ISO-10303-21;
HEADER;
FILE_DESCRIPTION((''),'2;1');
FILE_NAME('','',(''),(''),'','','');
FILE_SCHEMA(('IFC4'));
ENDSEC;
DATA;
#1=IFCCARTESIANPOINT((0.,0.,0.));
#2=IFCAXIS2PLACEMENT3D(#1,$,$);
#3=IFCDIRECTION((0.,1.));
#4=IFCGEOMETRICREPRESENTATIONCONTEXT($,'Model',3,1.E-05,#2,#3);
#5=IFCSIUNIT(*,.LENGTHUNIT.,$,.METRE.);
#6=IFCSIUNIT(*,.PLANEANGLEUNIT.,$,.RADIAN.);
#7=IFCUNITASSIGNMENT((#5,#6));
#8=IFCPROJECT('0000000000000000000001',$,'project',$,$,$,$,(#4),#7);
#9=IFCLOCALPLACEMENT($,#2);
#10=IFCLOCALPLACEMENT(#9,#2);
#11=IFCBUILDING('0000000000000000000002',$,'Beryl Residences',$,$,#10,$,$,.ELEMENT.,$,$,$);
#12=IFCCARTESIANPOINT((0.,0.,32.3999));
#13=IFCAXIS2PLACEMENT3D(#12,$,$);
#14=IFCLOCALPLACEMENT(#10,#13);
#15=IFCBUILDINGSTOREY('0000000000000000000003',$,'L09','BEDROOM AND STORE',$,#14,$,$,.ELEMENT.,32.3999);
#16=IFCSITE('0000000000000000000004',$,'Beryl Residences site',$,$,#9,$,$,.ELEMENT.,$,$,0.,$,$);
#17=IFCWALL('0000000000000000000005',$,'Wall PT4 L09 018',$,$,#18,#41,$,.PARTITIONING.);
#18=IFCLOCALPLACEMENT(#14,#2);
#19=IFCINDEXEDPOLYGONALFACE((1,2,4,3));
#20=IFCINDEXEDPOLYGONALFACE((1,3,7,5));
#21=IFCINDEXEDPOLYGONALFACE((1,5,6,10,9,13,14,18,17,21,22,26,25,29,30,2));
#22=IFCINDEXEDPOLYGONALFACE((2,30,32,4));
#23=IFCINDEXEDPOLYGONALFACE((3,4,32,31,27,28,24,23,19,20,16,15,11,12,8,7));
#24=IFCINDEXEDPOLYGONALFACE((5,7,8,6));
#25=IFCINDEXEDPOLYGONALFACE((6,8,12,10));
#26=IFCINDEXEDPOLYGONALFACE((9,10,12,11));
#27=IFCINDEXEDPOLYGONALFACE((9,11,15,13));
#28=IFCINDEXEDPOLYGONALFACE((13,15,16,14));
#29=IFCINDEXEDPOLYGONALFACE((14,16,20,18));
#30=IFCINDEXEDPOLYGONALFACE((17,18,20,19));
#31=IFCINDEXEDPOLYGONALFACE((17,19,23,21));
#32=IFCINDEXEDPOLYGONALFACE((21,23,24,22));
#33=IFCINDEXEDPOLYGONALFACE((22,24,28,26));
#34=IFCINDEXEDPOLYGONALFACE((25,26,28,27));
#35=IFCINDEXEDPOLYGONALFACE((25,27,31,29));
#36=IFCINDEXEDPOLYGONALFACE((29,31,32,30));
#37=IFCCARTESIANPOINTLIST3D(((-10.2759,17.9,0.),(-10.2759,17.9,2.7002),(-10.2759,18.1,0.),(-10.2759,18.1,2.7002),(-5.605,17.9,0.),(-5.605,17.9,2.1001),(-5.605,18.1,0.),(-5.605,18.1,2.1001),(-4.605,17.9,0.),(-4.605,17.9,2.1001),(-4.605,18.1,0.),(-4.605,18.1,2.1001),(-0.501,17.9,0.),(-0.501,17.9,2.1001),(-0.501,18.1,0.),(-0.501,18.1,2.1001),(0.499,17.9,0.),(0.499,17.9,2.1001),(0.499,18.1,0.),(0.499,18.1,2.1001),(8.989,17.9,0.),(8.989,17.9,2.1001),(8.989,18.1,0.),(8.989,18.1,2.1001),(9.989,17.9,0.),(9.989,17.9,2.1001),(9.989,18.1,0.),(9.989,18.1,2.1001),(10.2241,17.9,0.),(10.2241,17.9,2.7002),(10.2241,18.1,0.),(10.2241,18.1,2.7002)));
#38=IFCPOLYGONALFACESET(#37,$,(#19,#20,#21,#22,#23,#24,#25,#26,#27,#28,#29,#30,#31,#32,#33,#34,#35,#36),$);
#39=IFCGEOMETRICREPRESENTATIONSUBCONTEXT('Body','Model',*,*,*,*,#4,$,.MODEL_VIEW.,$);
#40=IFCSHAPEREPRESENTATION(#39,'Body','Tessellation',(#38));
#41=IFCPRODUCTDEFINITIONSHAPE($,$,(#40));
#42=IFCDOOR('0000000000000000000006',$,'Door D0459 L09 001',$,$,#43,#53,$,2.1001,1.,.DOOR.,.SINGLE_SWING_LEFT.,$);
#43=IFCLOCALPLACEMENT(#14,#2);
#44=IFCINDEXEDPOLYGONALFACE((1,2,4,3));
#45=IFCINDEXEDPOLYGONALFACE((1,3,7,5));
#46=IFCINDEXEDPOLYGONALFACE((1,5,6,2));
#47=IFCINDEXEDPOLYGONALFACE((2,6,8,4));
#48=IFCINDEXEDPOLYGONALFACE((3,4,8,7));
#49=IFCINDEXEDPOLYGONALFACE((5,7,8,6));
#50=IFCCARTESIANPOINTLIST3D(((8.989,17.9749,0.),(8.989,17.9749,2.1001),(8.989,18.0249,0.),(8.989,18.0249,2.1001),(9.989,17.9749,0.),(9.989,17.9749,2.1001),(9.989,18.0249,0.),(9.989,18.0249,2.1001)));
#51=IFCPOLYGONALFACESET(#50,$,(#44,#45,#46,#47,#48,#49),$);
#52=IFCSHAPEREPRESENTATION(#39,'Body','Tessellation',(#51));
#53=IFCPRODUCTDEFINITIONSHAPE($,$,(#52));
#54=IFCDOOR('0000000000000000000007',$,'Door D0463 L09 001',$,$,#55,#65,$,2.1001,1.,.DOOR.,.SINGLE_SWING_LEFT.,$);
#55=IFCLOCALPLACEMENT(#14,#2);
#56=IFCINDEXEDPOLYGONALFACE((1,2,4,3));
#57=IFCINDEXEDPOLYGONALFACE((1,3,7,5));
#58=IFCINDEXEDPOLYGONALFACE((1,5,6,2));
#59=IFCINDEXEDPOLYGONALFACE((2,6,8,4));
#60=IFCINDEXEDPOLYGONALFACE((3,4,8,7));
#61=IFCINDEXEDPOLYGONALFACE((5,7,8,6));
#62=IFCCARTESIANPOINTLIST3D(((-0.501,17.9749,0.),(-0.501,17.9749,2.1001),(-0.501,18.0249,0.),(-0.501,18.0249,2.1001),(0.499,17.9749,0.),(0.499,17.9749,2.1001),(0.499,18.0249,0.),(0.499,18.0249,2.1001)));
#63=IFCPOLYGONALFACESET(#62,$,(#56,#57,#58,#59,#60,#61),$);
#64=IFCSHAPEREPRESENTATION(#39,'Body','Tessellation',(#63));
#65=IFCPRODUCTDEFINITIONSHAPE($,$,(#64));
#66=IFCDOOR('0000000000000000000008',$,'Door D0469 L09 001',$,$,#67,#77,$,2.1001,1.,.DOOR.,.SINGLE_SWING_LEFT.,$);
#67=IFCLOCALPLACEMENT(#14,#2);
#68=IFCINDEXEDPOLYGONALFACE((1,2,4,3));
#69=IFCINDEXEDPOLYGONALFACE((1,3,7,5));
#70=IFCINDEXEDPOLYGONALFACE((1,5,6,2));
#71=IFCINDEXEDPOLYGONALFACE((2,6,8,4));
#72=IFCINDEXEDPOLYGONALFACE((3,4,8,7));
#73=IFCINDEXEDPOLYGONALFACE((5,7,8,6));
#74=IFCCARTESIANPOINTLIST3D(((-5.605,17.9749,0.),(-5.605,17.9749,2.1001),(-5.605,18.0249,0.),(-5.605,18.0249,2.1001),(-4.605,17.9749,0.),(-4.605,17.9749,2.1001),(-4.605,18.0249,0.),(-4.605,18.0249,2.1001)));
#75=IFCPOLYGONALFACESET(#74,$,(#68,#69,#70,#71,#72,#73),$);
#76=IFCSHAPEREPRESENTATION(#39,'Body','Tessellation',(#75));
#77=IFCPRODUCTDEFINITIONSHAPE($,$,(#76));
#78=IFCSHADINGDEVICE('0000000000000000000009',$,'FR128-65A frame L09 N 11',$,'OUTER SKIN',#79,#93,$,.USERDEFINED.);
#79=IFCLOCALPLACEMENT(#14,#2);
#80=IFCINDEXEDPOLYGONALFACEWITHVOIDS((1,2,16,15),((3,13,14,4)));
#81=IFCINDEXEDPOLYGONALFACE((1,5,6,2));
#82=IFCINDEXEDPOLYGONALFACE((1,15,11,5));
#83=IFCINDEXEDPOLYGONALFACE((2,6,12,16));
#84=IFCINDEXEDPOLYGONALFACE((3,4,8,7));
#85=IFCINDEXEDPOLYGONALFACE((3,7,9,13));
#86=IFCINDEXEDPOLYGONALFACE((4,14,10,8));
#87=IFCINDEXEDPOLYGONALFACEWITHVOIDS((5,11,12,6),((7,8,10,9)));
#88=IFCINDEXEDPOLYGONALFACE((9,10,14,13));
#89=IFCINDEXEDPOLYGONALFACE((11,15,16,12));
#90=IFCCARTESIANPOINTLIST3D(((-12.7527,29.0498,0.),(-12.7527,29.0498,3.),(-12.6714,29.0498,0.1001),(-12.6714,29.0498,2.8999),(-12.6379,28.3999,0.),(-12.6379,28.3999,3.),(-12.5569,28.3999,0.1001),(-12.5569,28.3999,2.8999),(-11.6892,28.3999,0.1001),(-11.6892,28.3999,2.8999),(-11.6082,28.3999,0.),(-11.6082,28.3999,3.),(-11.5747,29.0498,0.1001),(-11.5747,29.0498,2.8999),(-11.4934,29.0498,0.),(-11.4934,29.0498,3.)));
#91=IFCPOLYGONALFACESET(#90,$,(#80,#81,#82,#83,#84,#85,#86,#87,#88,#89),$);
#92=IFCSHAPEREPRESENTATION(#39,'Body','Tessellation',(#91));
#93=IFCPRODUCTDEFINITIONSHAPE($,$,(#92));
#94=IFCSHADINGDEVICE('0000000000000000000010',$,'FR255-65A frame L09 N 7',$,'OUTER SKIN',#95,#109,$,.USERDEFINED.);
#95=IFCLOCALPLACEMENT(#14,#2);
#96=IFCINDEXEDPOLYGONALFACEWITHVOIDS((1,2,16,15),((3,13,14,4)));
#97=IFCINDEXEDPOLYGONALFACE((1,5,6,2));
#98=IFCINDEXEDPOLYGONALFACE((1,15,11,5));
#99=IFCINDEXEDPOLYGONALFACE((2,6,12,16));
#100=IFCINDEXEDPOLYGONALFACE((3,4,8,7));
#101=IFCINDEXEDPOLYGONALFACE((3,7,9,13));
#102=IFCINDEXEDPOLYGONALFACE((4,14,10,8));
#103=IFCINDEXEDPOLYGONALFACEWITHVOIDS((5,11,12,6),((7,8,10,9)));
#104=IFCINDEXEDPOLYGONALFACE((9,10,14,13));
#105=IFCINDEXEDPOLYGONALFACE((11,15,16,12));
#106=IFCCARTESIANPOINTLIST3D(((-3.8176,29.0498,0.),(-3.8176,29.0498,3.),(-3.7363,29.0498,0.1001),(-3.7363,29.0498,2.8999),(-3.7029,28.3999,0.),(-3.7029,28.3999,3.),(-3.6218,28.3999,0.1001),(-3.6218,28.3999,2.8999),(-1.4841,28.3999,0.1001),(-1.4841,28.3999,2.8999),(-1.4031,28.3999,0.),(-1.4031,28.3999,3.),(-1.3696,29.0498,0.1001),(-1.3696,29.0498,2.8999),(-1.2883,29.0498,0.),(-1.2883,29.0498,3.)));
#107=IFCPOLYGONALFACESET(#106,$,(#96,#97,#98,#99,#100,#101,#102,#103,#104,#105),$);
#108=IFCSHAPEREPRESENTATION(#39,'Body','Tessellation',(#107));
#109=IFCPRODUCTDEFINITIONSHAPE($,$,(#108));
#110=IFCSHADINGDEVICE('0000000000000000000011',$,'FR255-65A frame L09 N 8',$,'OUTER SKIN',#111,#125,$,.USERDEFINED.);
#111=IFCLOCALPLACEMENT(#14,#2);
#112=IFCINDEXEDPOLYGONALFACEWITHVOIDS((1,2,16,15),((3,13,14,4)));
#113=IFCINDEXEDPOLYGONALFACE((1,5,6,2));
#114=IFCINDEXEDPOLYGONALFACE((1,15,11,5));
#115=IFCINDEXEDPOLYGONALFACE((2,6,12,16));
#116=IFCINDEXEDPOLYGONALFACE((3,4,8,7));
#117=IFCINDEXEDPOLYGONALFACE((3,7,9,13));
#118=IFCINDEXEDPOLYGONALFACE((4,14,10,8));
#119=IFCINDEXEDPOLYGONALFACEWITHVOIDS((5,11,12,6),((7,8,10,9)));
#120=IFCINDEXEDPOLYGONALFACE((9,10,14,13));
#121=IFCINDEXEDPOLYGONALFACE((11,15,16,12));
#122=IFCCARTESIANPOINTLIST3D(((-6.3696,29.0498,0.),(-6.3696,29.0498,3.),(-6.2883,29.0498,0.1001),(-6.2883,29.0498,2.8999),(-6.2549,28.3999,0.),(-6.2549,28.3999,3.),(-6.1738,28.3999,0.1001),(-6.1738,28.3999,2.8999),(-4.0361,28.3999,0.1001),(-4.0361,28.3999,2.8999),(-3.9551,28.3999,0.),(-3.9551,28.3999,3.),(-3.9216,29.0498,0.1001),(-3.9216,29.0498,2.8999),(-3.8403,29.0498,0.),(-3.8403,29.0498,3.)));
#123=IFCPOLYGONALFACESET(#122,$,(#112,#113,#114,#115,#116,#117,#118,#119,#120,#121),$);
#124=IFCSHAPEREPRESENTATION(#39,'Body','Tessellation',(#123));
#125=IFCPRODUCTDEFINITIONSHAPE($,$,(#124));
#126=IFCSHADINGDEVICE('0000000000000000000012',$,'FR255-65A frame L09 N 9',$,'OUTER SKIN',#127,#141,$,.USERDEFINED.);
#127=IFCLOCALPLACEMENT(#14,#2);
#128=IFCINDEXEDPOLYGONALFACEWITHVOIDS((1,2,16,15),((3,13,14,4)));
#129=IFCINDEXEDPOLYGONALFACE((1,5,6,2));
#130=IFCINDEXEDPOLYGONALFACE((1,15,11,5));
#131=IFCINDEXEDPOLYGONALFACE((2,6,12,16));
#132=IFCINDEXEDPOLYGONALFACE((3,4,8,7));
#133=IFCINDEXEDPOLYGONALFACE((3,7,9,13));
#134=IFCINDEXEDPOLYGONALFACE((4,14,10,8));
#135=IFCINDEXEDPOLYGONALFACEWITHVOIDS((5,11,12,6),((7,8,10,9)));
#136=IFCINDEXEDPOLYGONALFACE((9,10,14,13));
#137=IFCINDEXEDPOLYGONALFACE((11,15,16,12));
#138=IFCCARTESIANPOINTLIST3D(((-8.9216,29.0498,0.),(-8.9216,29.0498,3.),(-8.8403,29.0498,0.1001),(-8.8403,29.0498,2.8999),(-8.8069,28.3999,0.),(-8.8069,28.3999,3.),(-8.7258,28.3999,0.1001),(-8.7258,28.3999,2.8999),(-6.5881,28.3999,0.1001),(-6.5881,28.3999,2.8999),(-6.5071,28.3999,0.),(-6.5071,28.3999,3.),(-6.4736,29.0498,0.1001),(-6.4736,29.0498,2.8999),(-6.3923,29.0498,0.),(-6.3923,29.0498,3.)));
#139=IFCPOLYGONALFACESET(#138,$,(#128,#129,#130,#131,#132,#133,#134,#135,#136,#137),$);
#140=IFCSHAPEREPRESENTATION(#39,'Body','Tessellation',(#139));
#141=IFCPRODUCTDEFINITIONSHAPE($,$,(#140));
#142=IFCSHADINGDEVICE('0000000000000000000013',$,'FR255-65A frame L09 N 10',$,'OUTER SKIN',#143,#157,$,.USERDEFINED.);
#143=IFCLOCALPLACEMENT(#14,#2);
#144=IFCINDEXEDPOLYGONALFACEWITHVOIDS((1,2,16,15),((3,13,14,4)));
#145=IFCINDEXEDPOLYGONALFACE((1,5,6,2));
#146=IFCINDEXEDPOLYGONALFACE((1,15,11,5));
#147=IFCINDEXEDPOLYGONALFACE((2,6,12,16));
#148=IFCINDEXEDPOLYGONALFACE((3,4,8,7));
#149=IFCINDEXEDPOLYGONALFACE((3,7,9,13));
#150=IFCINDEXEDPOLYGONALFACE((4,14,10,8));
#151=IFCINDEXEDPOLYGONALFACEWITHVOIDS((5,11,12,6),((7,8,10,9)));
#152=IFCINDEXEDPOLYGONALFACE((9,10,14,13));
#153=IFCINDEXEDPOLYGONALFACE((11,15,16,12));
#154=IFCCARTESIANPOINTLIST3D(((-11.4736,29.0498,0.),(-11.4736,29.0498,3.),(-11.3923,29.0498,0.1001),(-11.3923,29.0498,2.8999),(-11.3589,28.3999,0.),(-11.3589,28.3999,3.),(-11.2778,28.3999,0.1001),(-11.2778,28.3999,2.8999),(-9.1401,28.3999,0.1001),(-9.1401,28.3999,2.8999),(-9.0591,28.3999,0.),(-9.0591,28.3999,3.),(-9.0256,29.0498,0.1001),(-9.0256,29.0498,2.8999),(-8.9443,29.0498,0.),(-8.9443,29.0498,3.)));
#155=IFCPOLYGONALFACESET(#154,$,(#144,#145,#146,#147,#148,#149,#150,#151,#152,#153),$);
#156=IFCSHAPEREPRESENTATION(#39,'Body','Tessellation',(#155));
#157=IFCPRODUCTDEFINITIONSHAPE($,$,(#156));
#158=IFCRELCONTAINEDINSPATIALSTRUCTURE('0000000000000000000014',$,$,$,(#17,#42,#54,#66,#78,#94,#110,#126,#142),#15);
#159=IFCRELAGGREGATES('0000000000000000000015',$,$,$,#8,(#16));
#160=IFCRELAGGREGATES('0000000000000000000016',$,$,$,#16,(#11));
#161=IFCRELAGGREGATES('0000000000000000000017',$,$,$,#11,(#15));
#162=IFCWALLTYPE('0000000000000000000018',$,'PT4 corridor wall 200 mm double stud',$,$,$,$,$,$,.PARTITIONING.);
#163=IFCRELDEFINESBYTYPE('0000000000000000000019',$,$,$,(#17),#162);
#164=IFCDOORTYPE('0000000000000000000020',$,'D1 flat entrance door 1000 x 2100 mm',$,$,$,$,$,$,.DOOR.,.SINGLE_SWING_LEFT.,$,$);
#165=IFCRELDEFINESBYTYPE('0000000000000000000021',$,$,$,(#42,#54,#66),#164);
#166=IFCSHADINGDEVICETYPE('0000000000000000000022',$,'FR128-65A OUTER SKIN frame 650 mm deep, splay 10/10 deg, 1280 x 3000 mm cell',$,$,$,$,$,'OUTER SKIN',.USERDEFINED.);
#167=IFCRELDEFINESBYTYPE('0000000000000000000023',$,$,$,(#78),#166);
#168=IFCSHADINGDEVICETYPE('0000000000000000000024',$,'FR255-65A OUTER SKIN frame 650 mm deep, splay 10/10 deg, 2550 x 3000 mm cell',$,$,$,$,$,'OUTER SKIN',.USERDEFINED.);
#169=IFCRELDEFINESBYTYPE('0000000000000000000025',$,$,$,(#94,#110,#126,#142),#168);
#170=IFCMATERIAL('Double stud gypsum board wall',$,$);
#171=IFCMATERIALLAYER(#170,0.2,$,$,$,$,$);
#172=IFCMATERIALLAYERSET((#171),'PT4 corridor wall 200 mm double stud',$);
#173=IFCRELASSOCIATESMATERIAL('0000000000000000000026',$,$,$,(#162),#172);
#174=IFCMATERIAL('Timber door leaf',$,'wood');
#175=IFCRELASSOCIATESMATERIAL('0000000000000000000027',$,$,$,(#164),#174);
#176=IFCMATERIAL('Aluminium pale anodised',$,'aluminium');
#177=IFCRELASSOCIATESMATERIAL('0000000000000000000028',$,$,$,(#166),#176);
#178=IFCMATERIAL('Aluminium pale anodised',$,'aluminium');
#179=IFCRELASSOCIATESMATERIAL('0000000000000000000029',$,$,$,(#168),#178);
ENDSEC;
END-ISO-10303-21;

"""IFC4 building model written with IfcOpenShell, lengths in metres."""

from ifc_helpers import new_model, entity, si_unit, direction, frame, frame_2d, origin, place, context, subcontext, project, spatial, rectangle, extrude, source, transform, mapped, material, layer, layer_set, type_object, type_shapes, element, fill, save


model = new_model("IFC4")

# Units and contexts
model_context = context("Model", 3, precision=1e-05, world=origin(), true_north=direction((0.0, 1.0)))
body_context = subcontext(model_context, "Body", "Model", "MODEL_VIEW")
ifc_project = project(units=[si_unit("LENGTHUNIT", "METRE"), si_unit("PLANEANGLEUNIT", "RADIAN")], contexts=[model_context])

# Site, building, storey
site_placement = place(None, origin())
site = spatial("IfcSite", under=ifc_project, at=site_placement, Name="Beryl Residences site", CompositionType="ELEMENT", RefElevation=0.0)
building_placement = place(site_placement, origin())
building = spatial("IfcBuilding", under=site, at=building_placement, Name="Beryl Residences", CompositionType="ELEMENT")
storey_placement = place(building_placement, frame((0.0, 0.0, 32.3999)))
storey = spatial("IfcBuildingStorey", under=building, at=storey_placement, Name="L09", Description="BEDROOM AND STORE", CompositionType="ELEMENT", Elevation=32.3999)

# Shared definitions
ifc_material_1 = material(Name="Double stud gypsum board wall")
ifc_layer_1 = layer(ifc_material_1, 0.2)
ifc_layer_set_1 = layer_set([ifc_layer_1], Name="PT4 corridor wall 200 mm double stud")
wall_type_1 = type_object("IfcWallType", Name="PT4 corridor wall 200 mm double stud", PredefinedType="PARTITIONING", material=ifc_layer_set_1)

# Wall, openings, doors
wall_1_placement = place(storey_placement, frame((-10.2759, 18.0, 0.0), z_axis=(0.0, 0.0, 1.0), x_axis=(1.0, 0.0, 0.0)))
wall_1 = element("IfcWall", 1, at=wall_1_placement, inside=storey, type_object=wall_type_1, Name="Wall PT4 L09 018", PredefinedType="PARTITIONING", context=body_context, shape_type="SweptSolid", body=[
    extrude(rectangle(XDim=20.5, YDim=0.2, at=frame_2d((10.25, 0.0))), origin(), (0.0, 0.0, 1.0), 2.7002),
])
opening_1_placement = place(wall_1_placement, frame((19.2649, 0.0, 0.0)))
opening_1 = element("IfcOpeningElement", 2, at=opening_1_placement, cuts=wall_1, PredefinedType="OPENING", context=body_context, shape_type="SweptSolid", body=[
    extrude(rectangle(XDim=1.0, YDim=2.1001, at=frame_2d((0.5, 1.05))), frame((0.0, 0.1099, 0.0), z_axis=(0.0, -1.0, 0.0), x_axis=(1.0, 0.0, 0.0)), (0.0, 0.0, 1.0), 0.22),
])
opening_2_placement = place(wall_1_placement, frame((9.7749, 0.0, 0.0)))
opening_2 = element("IfcOpeningElement", 3, at=opening_2_placement, cuts=wall_1, PredefinedType="OPENING", context=body_context, shape_type="SweptSolid", body=[
    extrude(rectangle(XDim=1.0, YDim=2.1001, at=frame_2d((0.5, 1.05))), frame((0.0, 0.1099, 0.0), z_axis=(0.0, -1.0, 0.0), x_axis=(1.0, 0.0, 0.0)), (0.0, 0.0, 1.0), 0.22),
])
opening_3_placement = place(wall_1_placement, frame((4.6709, 0.0, 0.0)))
opening_3 = element("IfcOpeningElement", 4, at=opening_3_placement, cuts=wall_1, PredefinedType="OPENING", context=body_context, shape_type="SweptSolid", body=[
    extrude(rectangle(XDim=1.0, YDim=2.1001, at=frame_2d((0.5, 1.05))), frame((0.0, 0.1099, 0.0), z_axis=(0.0, -1.0, 0.0), x_axis=(1.0, 0.0, 0.0)), (0.0, 0.0, 1.0), 0.22),
])
ifc_material_2 = material(Name="Timber door leaf", Category="wood")
door_type_1 = type_object("IfcDoorType", Name="D1 flat entrance door 1000 x 2100 mm", OperationType="SINGLE_SWING_LEFT", PredefinedType="DOOR", material=ifc_material_2)
door_1_placement = place(opening_1_placement, origin())
door_1 = element("IfcDoor", 5, at=door_1_placement, inside=storey, type_object=door_type_1, Name="Door D0459 L09 001", OperationType="SINGLE_SWING_LEFT", OverallHeight=2.1001, OverallWidth=1.0, PredefinedType="DOOR", context=body_context, shape_type="SweptSolid", body=[
    extrude(rectangle(XDim=1.0, YDim=2.1001, at=frame_2d((0.5, 1.05))), frame((0.0, 0.0249, 0.0), z_axis=(0.0, -1.0, 0.0), x_axis=(1.0, 0.0, 0.0)), (0.0, 0.0, 1.0), 0.05),
])
fill(opening_1, door_1)
door_2_placement = place(opening_2_placement, origin())
door_2 = element("IfcDoor", 6, at=door_2_placement, inside=storey, type_object=door_type_1, Name="Door D0463 L09 001", OperationType="SINGLE_SWING_LEFT", OverallHeight=2.1001, OverallWidth=1.0, PredefinedType="DOOR", context=body_context, shape_type="SweptSolid", body=[
    extrude(rectangle(XDim=1.0, YDim=2.1001, at=frame_2d((0.5, 1.05))), frame((0.0, 0.0249, 0.0), z_axis=(0.0, -1.0, 0.0), x_axis=(1.0, 0.0, 0.0)), (0.0, 0.0, 1.0), 0.05),
])
fill(opening_2, door_2)
door_3_placement = place(opening_3_placement, origin())
door_3 = element("IfcDoor", 7, at=door_3_placement, inside=storey, type_object=door_type_1, Name="Door D0469 L09 001", OperationType="SINGLE_SWING_LEFT", OverallHeight=2.1001, OverallWidth=1.0, PredefinedType="DOOR", context=body_context, shape_type="SweptSolid", body=[
    extrude(rectangle(XDim=1.0, YDim=2.1001, at=frame_2d((0.5, 1.05))), frame((0.0, 0.0249, 0.0), z_axis=(0.0, -1.0, 0.0), x_axis=(1.0, 0.0, 0.0)), (0.0, 0.0, 1.0), 0.05),
])
fill(opening_3, door_3)

# Shading devices
ifc_material_3 = material(Name="Aluminium pale anodised", Category="aluminium")
shading_device_type_1 = type_object("IfcShadingDeviceType", Name="FR128-65A OUTER SKIN frame 650 mm deep, splay 10/10 deg, 1280 x 3000 mm cell", ElementType="OUTER SKIN", PredefinedType="USERDEFINED", material=ifc_material_3)
cartesian_point_1 = entity("IfcCartesianPoint", [-0.5149, 0.0])
cartesian_point_2 = entity("IfcCartesianPoint", [-0.4338, 0.1001])
cartesian_point_3 = entity("IfcCartesianPoint", [-0.6296, 0.0])
cartesian_point_4 = entity("IfcCartesianPoint", [-0.5483, 0.1001])
shared_shape_1 = source(origin(), body_context, "Body", "SweptSolid", [
    entity("IfcExtrudedAreaSolidTapered", entity("IfcArbitraryProfileDefWithVoids", "AREA", None, entity("IfcPolyline", [cartesian_point_1, entity("IfcCartesianPoint", [0.5149, 0.0]), entity("IfcCartesianPoint", [0.5149, 3.0]), entity("IfcCartesianPoint", [-0.5149, 3.0]), cartesian_point_1]), [entity("IfcPolyline", [cartesian_point_2, entity("IfcCartesianPoint", [0.4338, 0.1001]), entity("IfcCartesianPoint", [0.4338, 2.8999]), entity("IfcCartesianPoint", [-0.4338, 2.8999]), cartesian_point_2])]), entity("IfcAxis2Placement3D", entity("IfcCartesianPoint", [0.0, 0.0, 0.0]), entity("IfcDirection", [0.0, 1.0, 0.0]), entity("IfcDirection", [-1.0, 0.0, 0.0])), entity("IfcDirection", [0.0, 0.0, 1.0]), 0.6499, entity("IfcArbitraryProfileDefWithVoids", "AREA", None, entity("IfcPolyline", [cartesian_point_3, entity("IfcCartesianPoint", [0.6296, 0.0]), entity("IfcCartesianPoint", [0.6296, 3.0]), entity("IfcCartesianPoint", [-0.6296, 3.0]), cartesian_point_3]), [entity("IfcPolyline", [cartesian_point_4, entity("IfcCartesianPoint", [0.5483, 0.1001]), entity("IfcCartesianPoint", [0.5483, 2.8999]), entity("IfcCartesianPoint", [-0.5483, 2.8999]), cartesian_point_4])])),
])
type_shapes(shading_device_type_1, [shared_shape_1])
shading_device_placement = place(storey_placement, frame((-12.123, 28.3999, 0.0), z_axis=(0.0, 0.0, 1.0), x_axis=(1.0, 0.0, 0.0)))
element("IfcShadingDevice", 8, at=shading_device_placement, inside=storey, type_object=shading_device_type_1, Name="FR128-65A frame L09 N 11", ObjectType="OUTER SKIN", PredefinedType="USERDEFINED", context=body_context, shape_type="MappedRepresentation", body=[
    mapped(shared_shape_1, transform((0.0, 0.0, 0.0))),
])
ifc_material_4 = material(Name="Aluminium pale anodised", Category="aluminium")
shading_device_type_2 = type_object("IfcShadingDeviceType", Name="FR255-65A OUTER SKIN frame 650 mm deep, splay 10/10 deg, 2550 x 3000 mm cell", ElementType="OUTER SKIN", PredefinedType="USERDEFINED", material=ifc_material_4)
cartesian_point_5 = entity("IfcCartesianPoint", [-1.1499, 0.0])
cartesian_point_6 = entity("IfcCartesianPoint", [-1.0688, 0.1001])
cartesian_point_7 = entity("IfcCartesianPoint", [-1.2646, 0.0])
cartesian_point_8 = entity("IfcCartesianPoint", [-1.1833, 0.1001])
shared_shape_2 = source(origin(), body_context, "Body", "SweptSolid", [
    entity("IfcExtrudedAreaSolidTapered", entity("IfcArbitraryProfileDefWithVoids", "AREA", None, entity("IfcPolyline", [cartesian_point_5, entity("IfcCartesianPoint", [1.1499, 0.0]), entity("IfcCartesianPoint", [1.1499, 3.0]), entity("IfcCartesianPoint", [-1.1499, 3.0]), cartesian_point_5]), [entity("IfcPolyline", [cartesian_point_6, entity("IfcCartesianPoint", [1.0688, 0.1001]), entity("IfcCartesianPoint", [1.0688, 2.8999]), entity("IfcCartesianPoint", [-1.0688, 2.8999]), cartesian_point_6])]), entity("IfcAxis2Placement3D", entity("IfcCartesianPoint", [0.0, 0.0, 0.0]), entity("IfcDirection", [0.0, 1.0, 0.0]), entity("IfcDirection", [-1.0, 0.0, 0.0])), entity("IfcDirection", [0.0, 0.0, 1.0]), 0.6499, entity("IfcArbitraryProfileDefWithVoids", "AREA", None, entity("IfcPolyline", [cartesian_point_7, entity("IfcCartesianPoint", [1.2646, 0.0]), entity("IfcCartesianPoint", [1.2646, 3.0]), entity("IfcCartesianPoint", [-1.2646, 3.0]), cartesian_point_7]), [entity("IfcPolyline", [cartesian_point_8, entity("IfcCartesianPoint", [1.1833, 0.1001]), entity("IfcCartesianPoint", [1.1833, 2.8999]), entity("IfcCartesianPoint", [-1.1833, 2.8999]), cartesian_point_8])])),
])
type_shapes(shading_device_type_2, [shared_shape_2])
for number, where, z_axis, x_axis, name in (
    (9, (-2.553, 28.3999, 0.0), (0.0, 0.0, 1.0), (1.0, 0.0, 0.0), "FR255-65A frame L09 N 7"),
    (10, (-5.105, 28.3999, 0.0), (0.0, 0.0, 1.0), (1.0, 0.0, 0.0), "FR255-65A frame L09 N 8"),
    (11, (-7.657, 28.3999, 0.0), (0.0, 0.0, 1.0), (1.0, 0.0, 0.0), "FR255-65A frame L09 N 9"),
    (12, (-10.209, 28.3999, 0.0), (0.0, 0.0, 1.0), (1.0, 0.0, 0.0), "FR255-65A frame L09 N 10"),
):
    element("IfcShadingDevice", number, at=place(storey_placement, frame(where, z_axis=z_axis, x_axis=x_axis)), inside=storey, type_object=shading_device_type_2, Name=name, ObjectType="OUTER SKIN", PredefinedType="USERDEFINED", context=body_context, shape_type="MappedRepresentation", body=[
        mapped(shared_shape_2, transform((0.0, 0.0, 0.0))),
    ])

save(model, "model.ifc")
